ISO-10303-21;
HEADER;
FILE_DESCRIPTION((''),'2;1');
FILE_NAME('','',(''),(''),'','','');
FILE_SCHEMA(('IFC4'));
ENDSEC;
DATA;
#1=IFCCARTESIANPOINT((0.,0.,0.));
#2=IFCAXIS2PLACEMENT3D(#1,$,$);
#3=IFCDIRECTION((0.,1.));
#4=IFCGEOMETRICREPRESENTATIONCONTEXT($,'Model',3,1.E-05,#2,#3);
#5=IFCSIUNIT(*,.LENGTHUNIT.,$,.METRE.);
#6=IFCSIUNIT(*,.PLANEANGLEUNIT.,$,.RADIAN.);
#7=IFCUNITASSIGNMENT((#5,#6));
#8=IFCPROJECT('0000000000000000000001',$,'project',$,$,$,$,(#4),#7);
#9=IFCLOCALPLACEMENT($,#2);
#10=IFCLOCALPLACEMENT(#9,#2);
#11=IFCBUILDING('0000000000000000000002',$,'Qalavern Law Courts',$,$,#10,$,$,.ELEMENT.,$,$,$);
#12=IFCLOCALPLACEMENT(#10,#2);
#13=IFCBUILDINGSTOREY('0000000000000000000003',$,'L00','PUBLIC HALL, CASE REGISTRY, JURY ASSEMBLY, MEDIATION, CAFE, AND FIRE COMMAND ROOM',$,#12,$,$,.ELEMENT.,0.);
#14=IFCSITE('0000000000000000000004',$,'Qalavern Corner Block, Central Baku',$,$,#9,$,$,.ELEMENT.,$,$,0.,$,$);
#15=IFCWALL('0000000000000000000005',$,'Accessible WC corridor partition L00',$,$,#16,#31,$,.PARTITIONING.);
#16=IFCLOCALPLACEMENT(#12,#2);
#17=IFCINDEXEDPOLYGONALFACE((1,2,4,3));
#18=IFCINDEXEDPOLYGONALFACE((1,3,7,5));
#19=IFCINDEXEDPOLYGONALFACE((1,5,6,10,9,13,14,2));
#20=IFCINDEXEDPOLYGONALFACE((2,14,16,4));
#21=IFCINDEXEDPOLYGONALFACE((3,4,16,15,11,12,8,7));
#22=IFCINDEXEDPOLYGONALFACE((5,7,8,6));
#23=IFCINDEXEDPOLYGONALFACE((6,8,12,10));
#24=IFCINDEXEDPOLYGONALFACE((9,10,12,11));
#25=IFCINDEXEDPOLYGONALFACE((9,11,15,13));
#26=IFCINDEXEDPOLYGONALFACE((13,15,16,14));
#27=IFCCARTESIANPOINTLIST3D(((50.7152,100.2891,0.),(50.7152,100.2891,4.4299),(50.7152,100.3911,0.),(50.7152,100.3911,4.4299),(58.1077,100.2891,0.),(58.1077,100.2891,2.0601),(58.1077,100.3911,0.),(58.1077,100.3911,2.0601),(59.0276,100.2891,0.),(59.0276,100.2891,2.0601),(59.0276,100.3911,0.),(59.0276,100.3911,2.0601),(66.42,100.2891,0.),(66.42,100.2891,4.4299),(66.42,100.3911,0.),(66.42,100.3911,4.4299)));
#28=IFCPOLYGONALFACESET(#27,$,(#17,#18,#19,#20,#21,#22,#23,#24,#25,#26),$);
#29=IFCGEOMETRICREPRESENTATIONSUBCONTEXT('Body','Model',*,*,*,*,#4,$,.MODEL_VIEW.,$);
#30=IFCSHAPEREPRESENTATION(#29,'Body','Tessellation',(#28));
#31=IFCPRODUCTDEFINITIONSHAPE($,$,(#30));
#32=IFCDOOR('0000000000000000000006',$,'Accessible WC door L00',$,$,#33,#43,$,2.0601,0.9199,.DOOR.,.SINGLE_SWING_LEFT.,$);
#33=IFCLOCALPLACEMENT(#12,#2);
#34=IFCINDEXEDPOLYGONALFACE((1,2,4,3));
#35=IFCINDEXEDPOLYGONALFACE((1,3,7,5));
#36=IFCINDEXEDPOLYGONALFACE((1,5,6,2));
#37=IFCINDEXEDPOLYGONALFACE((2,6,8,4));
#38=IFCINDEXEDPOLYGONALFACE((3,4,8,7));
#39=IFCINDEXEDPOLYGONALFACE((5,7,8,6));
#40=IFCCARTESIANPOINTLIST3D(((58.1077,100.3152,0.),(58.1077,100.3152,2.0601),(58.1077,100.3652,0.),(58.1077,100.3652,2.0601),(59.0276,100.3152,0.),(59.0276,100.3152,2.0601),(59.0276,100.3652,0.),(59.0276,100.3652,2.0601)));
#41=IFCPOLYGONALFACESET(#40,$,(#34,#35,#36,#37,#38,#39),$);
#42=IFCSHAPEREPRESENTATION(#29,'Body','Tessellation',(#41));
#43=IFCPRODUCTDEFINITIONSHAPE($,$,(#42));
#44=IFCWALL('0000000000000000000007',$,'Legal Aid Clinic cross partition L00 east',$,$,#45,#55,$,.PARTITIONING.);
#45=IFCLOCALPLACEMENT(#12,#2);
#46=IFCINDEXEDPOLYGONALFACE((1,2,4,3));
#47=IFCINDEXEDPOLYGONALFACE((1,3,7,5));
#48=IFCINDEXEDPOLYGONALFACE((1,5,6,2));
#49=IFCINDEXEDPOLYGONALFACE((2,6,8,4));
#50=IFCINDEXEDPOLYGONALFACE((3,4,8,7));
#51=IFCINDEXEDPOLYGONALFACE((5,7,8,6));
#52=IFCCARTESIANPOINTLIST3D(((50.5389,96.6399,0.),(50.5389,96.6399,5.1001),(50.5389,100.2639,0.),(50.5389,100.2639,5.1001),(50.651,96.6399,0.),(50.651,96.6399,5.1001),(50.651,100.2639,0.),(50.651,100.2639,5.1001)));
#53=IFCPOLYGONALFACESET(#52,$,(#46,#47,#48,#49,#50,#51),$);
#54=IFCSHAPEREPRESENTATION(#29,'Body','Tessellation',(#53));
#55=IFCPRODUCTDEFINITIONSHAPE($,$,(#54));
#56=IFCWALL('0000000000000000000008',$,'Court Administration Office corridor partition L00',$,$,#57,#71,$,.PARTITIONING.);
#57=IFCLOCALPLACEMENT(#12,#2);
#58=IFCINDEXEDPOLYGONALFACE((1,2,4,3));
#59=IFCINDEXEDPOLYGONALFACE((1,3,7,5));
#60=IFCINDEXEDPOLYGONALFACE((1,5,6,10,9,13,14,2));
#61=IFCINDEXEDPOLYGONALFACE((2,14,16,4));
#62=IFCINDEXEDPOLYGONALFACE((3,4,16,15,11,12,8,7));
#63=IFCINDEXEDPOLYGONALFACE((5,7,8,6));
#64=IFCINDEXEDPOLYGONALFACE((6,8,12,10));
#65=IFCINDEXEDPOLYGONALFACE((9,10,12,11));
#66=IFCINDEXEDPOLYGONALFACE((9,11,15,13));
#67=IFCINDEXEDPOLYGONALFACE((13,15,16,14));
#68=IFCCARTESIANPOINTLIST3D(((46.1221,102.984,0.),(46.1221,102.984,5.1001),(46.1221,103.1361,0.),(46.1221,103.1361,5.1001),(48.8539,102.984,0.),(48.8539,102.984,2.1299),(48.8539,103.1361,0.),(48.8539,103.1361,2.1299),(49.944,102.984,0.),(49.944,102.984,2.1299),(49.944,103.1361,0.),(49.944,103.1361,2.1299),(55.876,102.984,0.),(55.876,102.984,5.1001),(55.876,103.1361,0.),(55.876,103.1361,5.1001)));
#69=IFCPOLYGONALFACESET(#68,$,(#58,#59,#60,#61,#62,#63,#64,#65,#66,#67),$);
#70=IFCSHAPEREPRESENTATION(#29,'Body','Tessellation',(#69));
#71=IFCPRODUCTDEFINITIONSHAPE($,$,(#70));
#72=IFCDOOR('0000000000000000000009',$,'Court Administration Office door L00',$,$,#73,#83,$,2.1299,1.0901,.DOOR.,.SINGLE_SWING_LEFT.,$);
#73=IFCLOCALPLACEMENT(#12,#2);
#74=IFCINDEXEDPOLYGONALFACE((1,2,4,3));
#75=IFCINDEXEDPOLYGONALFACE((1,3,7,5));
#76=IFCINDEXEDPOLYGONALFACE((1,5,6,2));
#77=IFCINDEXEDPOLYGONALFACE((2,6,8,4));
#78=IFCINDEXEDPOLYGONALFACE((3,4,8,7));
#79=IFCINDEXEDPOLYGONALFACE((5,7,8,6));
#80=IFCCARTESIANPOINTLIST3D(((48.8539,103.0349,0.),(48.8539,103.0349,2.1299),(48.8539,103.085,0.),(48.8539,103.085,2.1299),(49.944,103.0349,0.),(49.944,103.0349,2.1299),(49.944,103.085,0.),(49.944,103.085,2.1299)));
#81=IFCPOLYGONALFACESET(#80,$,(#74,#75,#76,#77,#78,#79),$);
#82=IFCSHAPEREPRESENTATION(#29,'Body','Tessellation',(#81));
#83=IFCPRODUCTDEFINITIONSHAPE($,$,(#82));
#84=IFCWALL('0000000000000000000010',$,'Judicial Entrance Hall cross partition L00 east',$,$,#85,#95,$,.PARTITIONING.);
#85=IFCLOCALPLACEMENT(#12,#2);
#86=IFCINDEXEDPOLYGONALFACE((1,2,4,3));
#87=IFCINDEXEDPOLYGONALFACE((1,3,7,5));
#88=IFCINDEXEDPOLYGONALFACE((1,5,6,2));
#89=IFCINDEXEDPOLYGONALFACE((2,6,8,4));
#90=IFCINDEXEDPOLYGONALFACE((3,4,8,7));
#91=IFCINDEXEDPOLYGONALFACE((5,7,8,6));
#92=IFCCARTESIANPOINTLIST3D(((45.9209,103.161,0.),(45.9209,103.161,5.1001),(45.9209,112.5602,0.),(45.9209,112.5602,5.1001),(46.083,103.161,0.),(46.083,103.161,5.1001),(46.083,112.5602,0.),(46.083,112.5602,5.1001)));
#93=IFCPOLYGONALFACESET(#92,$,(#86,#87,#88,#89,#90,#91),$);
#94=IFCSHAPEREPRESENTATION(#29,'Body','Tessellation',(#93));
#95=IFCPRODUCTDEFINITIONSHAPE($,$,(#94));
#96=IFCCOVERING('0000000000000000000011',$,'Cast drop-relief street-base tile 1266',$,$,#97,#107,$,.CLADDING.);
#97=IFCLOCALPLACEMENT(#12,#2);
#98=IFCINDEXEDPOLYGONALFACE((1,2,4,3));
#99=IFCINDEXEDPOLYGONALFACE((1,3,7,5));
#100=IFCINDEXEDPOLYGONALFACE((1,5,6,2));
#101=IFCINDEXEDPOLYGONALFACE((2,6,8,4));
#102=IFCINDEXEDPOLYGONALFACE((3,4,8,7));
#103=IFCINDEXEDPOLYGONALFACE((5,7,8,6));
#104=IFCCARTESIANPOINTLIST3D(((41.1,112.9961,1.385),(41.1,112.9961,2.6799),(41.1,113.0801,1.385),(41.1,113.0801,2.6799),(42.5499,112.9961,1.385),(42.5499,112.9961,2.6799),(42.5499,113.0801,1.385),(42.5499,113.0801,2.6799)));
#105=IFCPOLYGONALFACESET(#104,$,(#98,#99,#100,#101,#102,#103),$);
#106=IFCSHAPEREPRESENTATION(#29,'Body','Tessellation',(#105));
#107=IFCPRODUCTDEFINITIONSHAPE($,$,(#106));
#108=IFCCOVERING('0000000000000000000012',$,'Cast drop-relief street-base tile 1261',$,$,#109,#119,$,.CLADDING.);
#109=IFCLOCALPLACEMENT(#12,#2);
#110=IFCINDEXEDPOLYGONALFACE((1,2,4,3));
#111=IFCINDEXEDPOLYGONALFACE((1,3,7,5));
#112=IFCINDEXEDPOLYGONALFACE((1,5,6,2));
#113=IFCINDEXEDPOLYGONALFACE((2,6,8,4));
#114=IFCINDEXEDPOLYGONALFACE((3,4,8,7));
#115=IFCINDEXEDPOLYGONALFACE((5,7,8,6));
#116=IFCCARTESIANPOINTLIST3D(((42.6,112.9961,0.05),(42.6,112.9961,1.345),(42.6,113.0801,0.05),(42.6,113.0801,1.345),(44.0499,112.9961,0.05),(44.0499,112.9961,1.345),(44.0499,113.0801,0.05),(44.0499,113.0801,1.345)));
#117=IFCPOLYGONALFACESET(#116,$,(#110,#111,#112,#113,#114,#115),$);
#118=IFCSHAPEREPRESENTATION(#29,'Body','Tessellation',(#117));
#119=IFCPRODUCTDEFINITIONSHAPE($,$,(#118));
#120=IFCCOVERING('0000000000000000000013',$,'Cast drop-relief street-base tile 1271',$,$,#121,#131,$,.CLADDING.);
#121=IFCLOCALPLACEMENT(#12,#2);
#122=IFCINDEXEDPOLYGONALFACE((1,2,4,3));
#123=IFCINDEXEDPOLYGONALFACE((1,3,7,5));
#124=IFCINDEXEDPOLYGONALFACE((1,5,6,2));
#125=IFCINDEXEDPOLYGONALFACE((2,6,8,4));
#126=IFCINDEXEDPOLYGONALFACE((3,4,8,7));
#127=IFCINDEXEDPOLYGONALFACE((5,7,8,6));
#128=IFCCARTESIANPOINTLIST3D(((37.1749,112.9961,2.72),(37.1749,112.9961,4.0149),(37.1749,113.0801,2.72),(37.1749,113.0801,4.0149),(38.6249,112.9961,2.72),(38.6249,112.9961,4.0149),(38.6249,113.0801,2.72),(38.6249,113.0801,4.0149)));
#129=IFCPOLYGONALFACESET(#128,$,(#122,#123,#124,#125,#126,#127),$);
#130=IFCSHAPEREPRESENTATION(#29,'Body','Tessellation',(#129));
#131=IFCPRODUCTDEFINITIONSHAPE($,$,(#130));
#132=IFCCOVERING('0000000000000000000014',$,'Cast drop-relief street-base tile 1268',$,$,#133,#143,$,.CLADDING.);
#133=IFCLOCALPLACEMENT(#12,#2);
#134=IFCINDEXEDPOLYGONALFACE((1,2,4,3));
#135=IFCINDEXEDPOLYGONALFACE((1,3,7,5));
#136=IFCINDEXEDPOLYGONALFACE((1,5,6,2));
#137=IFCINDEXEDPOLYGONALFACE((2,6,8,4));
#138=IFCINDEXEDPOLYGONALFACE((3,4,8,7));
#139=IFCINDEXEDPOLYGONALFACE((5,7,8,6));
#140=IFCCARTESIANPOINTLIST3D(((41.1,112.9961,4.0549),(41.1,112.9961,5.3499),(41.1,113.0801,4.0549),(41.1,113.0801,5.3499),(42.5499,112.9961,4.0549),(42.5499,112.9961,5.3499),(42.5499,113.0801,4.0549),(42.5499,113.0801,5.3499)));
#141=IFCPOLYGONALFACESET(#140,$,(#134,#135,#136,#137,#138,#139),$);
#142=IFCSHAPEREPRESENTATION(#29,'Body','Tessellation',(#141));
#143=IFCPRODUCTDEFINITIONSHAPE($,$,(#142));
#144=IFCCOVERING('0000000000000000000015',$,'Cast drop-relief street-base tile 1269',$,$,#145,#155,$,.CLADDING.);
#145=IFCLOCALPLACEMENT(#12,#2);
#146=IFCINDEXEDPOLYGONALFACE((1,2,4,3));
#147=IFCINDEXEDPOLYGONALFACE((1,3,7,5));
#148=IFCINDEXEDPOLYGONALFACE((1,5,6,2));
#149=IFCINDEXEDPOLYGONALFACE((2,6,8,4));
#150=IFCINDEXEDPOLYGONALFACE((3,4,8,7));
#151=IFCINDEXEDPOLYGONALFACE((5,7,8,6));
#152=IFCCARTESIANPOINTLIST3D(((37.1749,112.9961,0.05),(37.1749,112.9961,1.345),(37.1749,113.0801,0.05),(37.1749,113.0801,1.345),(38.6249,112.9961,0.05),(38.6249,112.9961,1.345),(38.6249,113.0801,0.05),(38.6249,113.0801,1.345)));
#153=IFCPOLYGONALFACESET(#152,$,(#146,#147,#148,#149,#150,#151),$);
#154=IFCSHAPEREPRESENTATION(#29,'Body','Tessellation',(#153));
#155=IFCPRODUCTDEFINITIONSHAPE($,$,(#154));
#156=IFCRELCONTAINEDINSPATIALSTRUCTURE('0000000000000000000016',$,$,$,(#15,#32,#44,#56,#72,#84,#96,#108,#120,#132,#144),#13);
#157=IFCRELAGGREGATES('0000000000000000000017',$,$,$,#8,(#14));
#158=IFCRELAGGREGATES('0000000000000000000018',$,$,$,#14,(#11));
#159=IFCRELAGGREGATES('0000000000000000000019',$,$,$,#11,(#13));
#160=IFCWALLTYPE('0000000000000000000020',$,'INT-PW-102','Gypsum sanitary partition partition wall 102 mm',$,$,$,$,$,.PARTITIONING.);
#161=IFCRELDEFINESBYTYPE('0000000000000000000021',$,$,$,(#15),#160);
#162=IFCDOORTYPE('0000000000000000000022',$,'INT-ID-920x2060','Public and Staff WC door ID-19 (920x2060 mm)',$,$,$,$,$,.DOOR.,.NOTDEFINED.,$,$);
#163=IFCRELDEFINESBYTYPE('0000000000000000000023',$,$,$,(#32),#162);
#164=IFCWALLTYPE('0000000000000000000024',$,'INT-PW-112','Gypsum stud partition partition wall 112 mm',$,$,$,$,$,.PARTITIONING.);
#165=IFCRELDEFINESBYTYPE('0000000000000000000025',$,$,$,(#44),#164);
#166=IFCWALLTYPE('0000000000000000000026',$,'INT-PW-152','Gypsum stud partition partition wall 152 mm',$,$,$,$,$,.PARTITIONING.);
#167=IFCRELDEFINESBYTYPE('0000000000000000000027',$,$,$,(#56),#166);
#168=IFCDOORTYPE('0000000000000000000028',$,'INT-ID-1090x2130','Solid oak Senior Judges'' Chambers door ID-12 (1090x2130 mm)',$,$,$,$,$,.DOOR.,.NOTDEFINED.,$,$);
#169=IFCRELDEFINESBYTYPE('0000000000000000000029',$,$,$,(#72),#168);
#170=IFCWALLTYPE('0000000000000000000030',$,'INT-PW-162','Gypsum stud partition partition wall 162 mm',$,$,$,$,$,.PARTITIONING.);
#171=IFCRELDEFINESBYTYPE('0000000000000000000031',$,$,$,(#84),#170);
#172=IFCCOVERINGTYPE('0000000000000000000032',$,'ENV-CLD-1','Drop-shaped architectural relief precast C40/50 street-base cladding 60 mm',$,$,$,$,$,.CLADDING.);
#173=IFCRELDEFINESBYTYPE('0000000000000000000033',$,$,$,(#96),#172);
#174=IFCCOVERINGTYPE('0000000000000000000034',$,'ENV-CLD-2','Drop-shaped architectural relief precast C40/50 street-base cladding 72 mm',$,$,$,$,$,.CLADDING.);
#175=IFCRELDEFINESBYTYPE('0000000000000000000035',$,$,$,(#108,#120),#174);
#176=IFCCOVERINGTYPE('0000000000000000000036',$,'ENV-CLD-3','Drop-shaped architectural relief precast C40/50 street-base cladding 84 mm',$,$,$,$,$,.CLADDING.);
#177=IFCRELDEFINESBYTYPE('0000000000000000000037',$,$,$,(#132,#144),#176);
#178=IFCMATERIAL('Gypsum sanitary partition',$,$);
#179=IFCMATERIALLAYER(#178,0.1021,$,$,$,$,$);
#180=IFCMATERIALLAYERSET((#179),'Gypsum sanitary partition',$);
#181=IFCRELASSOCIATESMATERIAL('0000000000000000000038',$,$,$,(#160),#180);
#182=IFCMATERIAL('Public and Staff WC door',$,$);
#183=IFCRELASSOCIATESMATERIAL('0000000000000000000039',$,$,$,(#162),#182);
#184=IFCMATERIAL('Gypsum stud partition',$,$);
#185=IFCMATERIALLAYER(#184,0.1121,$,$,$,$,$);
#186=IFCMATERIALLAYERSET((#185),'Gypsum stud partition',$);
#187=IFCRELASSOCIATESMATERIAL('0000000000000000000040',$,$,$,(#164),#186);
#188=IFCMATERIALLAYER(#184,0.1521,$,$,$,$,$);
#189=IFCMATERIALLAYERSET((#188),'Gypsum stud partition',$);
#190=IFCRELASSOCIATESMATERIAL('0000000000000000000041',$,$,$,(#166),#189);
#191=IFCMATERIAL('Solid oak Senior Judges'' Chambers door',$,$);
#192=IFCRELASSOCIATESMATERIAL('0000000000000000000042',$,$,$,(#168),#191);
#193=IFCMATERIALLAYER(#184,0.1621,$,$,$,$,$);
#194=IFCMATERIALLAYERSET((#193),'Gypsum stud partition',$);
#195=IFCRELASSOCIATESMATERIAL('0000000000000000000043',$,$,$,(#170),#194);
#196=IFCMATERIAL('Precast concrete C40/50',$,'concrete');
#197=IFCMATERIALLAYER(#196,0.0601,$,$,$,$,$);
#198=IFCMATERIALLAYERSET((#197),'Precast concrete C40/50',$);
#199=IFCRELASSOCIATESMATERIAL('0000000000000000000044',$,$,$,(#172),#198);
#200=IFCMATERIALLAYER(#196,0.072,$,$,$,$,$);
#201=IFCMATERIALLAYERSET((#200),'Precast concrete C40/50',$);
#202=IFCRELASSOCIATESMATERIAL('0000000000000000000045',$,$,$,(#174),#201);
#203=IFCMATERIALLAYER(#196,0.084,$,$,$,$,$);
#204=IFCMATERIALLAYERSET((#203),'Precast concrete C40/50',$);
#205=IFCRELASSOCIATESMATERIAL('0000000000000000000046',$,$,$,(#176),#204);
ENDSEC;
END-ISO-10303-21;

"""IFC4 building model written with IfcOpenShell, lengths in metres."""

from ifc_helpers import new_model, si_unit, direction, frame, frame_2d, origin, origin_2d, place, context, subcontext, project, spatial, rectangle, extrude, material, layer, layer_set, type_object, element, fill, save


model = new_model("IFC4")

# Units and contexts
model_context = context("Model", 3, precision=1e-05, world=origin(), true_north=direction((0.0, 1.0)))
body_context = subcontext(model_context, "Body", "Model", "MODEL_VIEW")
ifc_project = project(units=[si_unit("LENGTHUNIT", "METRE"), si_unit("PLANEANGLEUNIT", "RADIAN")], contexts=[model_context])

# Site, building, storey
site_placement = place(None, origin())
site = spatial("IfcSite", under=ifc_project, at=site_placement, Name="Qalavern Corner Block, Central Baku", CompositionType="ELEMENT", RefElevation=0.0)
building_placement = place(site_placement, origin())
building = spatial("IfcBuilding", under=site, at=building_placement, Name="Qalavern Law Courts", CompositionType="ELEMENT")
storey_placement = place(building_placement, origin())
storey = spatial("IfcBuildingStorey", under=building, at=storey_placement, Name="L00", Description="PUBLIC HALL, CASE REGISTRY, JURY ASSEMBLY, MEDIATION, CAFE, AND FIRE COMMAND ROOM", CompositionType="ELEMENT", Elevation=0.0)

# Wall, opening, door
ifc_material_1 = material(Name="Gypsum sanitary partition")
ifc_layer_1 = layer(ifc_material_1, 0.1021)
ifc_layer_set_1 = layer_set([ifc_layer_1], Name="Gypsum sanitary partition")
wall_type_1 = type_object("IfcWallType", Name="INT-PW-102", Description="Gypsum sanitary partition partition wall 102 mm", PredefinedType="PARTITIONING", material=ifc_layer_set_1)
wall_1_placement = place(storey_placement, frame((50.7151, 100.3401, 0.0), z_axis=(0.0, 0.0, 1.0), x_axis=(1.0, 0.0, 0.0)))
wall_1 = element("IfcWall", 1, at=wall_1_placement, inside=storey, type_object=wall_type_1, Name="Accessible WC corridor partition L00", PredefinedType="PARTITIONING", context=body_context, shape_type="SweptSolid", body=[
    extrude(rectangle(XDim=15.7048, YDim=0.1021, at=frame_2d((7.8525, 0.0))), origin(), (0.0, 0.0, 1.0), 4.4299),
])
opening_1_placement = place(wall_1_placement, frame((7.3926, 0.0, 0.0)))
opening_1 = element("IfcOpeningElement", 2, at=opening_1_placement, cuts=wall_1, PredefinedType="OPENING", context=body_context, shape_type="SweptSolid", body=[
    extrude(rectangle(XDim=0.9199, YDim=2.0601, at=frame_2d((0.46, 1.03))), frame((0.0, 0.0659, 0.0), z_axis=(0.0, -1.0, 0.0), x_axis=(1.0, 0.0, 0.0)), (0.0, 0.0, 1.0), 0.1318),
])
ifc_material_2 = material(Name="Public and Staff WC door")
door_type_1 = type_object("IfcDoorType", Name="INT-ID-920x2060", Description="Public and Staff WC door ID-19 (920x2060 mm)", OperationType="NOTDEFINED", PredefinedType="DOOR", material=ifc_material_2)
door_1_placement = place(opening_1_placement, frame((0.9199, 0.0, 0.0), z_axis=(0.0, 0.0, 1.0), x_axis=(-1.0, 0.0, 0.0)))
door_1 = element("IfcDoor", 3, at=door_1_placement, inside=storey, type_object=door_type_1, Name="Accessible WC door L00", OperationType="SINGLE_SWING_LEFT", OverallHeight=2.0601, OverallWidth=0.9199, PredefinedType="DOOR", context=body_context, shape_type="SweptSolid", body=[
    extrude(rectangle(XDim=0.9199, YDim=2.0601, at=frame_2d((0.46, 1.03))), frame((0.0, 0.0249, 0.0), z_axis=(0.0, -1.0, 0.0), x_axis=(1.0, 0.0, 0.0)), (0.0, 0.0, 1.0), 0.05),
])
fill(opening_1, door_1)

# Wall
ifc_material_3 = material(Name="Gypsum stud partition")
ifc_layer_2 = layer(ifc_material_3, 0.1121)
ifc_layer_set_2 = layer_set([ifc_layer_2], Name="Gypsum stud partition")
wall_type_2 = type_object("IfcWallType", Name="INT-PW-112", Description="Gypsum stud partition partition wall 112 mm", PredefinedType="PARTITIONING", material=ifc_layer_set_2)
wall_2_placement = place(storey_placement, frame((50.595, 96.6399, 0.0), z_axis=(0.0, 0.0, 1.0), x_axis=(0.0, 1.0, 0.0)))
element("IfcWall", 4, at=wall_2_placement, inside=storey, type_object=wall_type_2, Name="Legal Aid Clinic cross partition L00 east", PredefinedType="PARTITIONING", context=body_context, shape_type="SweptSolid", body=[
    extrude(rectangle(XDim=3.624, YDim=0.1121, at=frame_2d((1.812, 0.0))), origin(), (0.0, 0.0, 1.0), 5.1001),
])

# Wall, opening, door
ifc_layer_3 = layer(ifc_material_3, 0.1521)
ifc_layer_set_3 = layer_set([ifc_layer_3], Name="Gypsum stud partition")
wall_type_3 = type_object("IfcWallType", Name="INT-PW-152", Description="Gypsum stud partition partition wall 152 mm", PredefinedType="PARTITIONING", material=ifc_layer_set_3)
wall_3_placement = place(storey_placement, frame((46.1221, 103.0601, 0.0), z_axis=(0.0, 0.0, 1.0), x_axis=(1.0, 0.0, 0.0)))
wall_3 = element("IfcWall", 5, at=wall_3_placement, inside=storey, type_object=wall_type_3, Name="Court Administration Office corridor partition L00", PredefinedType="PARTITIONING", context=body_context, shape_type="SweptSolid", body=[
    extrude(rectangle(XDim=9.7539, YDim=0.1521, at=frame_2d((4.877, 0.0))), origin(), (0.0, 0.0, 1.0), 5.1001),
])
opening_2_placement = place(wall_3_placement, frame((2.7319, 0.0, 0.0)))
opening_2 = element("IfcOpeningElement", 6, at=opening_2_placement, cuts=wall_3, PredefinedType="OPENING", context=body_context, shape_type="SweptSolid", body=[
    extrude(rectangle(XDim=1.0901, YDim=2.1299, at=frame_2d((0.5449, 1.0649))), frame((0.0, 0.0908, 0.0), z_axis=(0.0, -1.0, 0.0), x_axis=(1.0, 0.0, 0.0)), (0.0, 0.0, 1.0), 0.1819),
])
ifc_material_4 = material(Name="Solid oak Senior Judges' Chambers door")
door_type_2 = type_object("IfcDoorType", Name="INT-ID-1090x2130", Description="Solid oak Senior Judges' Chambers door ID-12 (1090x2130 mm)", OperationType="NOTDEFINED", PredefinedType="DOOR", material=ifc_material_4)
door_2_placement = place(opening_2_placement, origin())
door_2 = element("IfcDoor", 7, at=door_2_placement, inside=storey, type_object=door_type_2, Name="Court Administration Office door L00", OperationType="SINGLE_SWING_LEFT", OverallHeight=2.1299, OverallWidth=1.0901, PredefinedType="DOOR", context=body_context, shape_type="SweptSolid", body=[
    extrude(rectangle(XDim=1.0901, YDim=2.1299, at=frame_2d((0.5449, 1.0649))), frame((0.0, 0.0249, 0.0), z_axis=(0.0, -1.0, 0.0), x_axis=(1.0, 0.0, 0.0)), (0.0, 0.0, 1.0), 0.05),
])
fill(opening_2, door_2)

# Wall
ifc_layer_4 = layer(ifc_material_3, 0.1621)
ifc_layer_set_4 = layer_set([ifc_layer_4], Name="Gypsum stud partition")
wall_type_4 = type_object("IfcWallType", Name="INT-PW-162", Description="Gypsum stud partition partition wall 162 mm", PredefinedType="PARTITIONING", material=ifc_layer_set_4)
wall_4_placement = place(storey_placement, frame((46.002, 103.1609, 0.0), z_axis=(0.0, 0.0, 1.0), x_axis=(0.0, 1.0, 0.0)))
element("IfcWall", 8, at=wall_4_placement, inside=storey, type_object=wall_type_4, Name="Judicial Entrance Hall cross partition L00 east", PredefinedType="PARTITIONING", context=body_context, shape_type="SweptSolid", body=[
    extrude(rectangle(XDim=9.3992, YDim=0.1621, at=frame_2d((4.6997, 0.0))), origin(), (0.0, 0.0, 1.0), 5.1001),
])

# Coverings
ifc_material_5 = material(Name="Precast concrete C40/50", Category="concrete")
ifc_layer_5 = layer(ifc_material_5, 0.0601)
ifc_layer_set_5 = layer_set([ifc_layer_5], Name="Precast concrete C40/50")
covering_type_1 = type_object("IfcCoveringType", Name="ENV-CLD-1", Description="Drop-shaped architectural relief precast C40/50 street-base cladding 60 mm", PredefinedType="CLADDING", material=ifc_layer_set_5)
covering_placement = place(storey_placement, frame((41.825, 113.0381, 1.385), z_axis=(0.0, 0.0, 1.0), x_axis=(-1.0, 0.0, 0.0)))
element("IfcCovering", 9, at=covering_placement, inside=storey, type_object=covering_type_1, Name="Cast drop-relief street-base tile 1266", PredefinedType="CLADDING", context=body_context, shape_type="SweptSolid", body=[
    extrude(rectangle(XDim=1.45, YDim=0.084, at=origin_2d()), origin(), (0.0, 0.0, 1.0), 1.2949),
])
ifc_layer_6 = layer(ifc_material_5, 0.072)
ifc_layer_set_6 = layer_set([ifc_layer_6], Name="Precast concrete C40/50")
covering_type_2 = type_object("IfcCoveringType", Name="ENV-CLD-2", Description="Drop-shaped architectural relief precast C40/50 street-base cladding 72 mm", PredefinedType="CLADDING", material=ifc_layer_set_6)
for number, where, z_axis, x_axis, name in (
    (10, (43.325, 113.0381, 0.05), (0.0, 0.0, 1.0), (-1.0, 0.0, 0.0), "Cast drop-relief street-base tile 1261"),
    (11, (37.8999, 113.0381, 2.72), (0.0, 0.0, 1.0), (-1.0, 0.0, 0.0), "Cast drop-relief street-base tile 1271"),
):
    element("IfcCovering", number, at=place(storey_placement, frame(where, z_axis=z_axis, x_axis=x_axis)), inside=storey, type_object=covering_type_2, Name=name, PredefinedType="CLADDING", context=body_context, shape_type="SweptSolid", body=[
        extrude(rectangle(XDim=1.45, YDim=0.084, at=origin_2d()), origin(), (0.0, 0.0, 1.0), 1.2949),
    ])
ifc_layer_7 = layer(ifc_material_5, 0.084)
ifc_layer_set_7 = layer_set([ifc_layer_7], Name="Precast concrete C40/50")
covering_type_3 = type_object("IfcCoveringType", Name="ENV-CLD-3", Description="Drop-shaped architectural relief precast C40/50 street-base cladding 84 mm", PredefinedType="CLADDING", material=ifc_layer_set_7)
for number, where, z_axis, x_axis, name in (
    (12, (41.825, 113.0381, 4.0549), (0.0, 0.0, 1.0), (-1.0, 0.0, 0.0), "Cast drop-relief street-base tile 1268"),
    (13, (37.8999, 113.0381, 0.05), (0.0, 0.0, 1.0), (-1.0, 0.0, 0.0), "Cast drop-relief street-base tile 1269"),
):
    element("IfcCovering", number, at=place(storey_placement, frame(where, z_axis=z_axis, x_axis=x_axis)), inside=storey, type_object=covering_type_3, Name=name, PredefinedType="CLADDING", context=body_context, shape_type="SweptSolid", body=[
        extrude(rectangle(XDim=1.45, YDim=0.084, at=origin_2d()), origin(), (0.0, 0.0, 1.0), 1.2949),
    ])

save(model, "model.ifc")
